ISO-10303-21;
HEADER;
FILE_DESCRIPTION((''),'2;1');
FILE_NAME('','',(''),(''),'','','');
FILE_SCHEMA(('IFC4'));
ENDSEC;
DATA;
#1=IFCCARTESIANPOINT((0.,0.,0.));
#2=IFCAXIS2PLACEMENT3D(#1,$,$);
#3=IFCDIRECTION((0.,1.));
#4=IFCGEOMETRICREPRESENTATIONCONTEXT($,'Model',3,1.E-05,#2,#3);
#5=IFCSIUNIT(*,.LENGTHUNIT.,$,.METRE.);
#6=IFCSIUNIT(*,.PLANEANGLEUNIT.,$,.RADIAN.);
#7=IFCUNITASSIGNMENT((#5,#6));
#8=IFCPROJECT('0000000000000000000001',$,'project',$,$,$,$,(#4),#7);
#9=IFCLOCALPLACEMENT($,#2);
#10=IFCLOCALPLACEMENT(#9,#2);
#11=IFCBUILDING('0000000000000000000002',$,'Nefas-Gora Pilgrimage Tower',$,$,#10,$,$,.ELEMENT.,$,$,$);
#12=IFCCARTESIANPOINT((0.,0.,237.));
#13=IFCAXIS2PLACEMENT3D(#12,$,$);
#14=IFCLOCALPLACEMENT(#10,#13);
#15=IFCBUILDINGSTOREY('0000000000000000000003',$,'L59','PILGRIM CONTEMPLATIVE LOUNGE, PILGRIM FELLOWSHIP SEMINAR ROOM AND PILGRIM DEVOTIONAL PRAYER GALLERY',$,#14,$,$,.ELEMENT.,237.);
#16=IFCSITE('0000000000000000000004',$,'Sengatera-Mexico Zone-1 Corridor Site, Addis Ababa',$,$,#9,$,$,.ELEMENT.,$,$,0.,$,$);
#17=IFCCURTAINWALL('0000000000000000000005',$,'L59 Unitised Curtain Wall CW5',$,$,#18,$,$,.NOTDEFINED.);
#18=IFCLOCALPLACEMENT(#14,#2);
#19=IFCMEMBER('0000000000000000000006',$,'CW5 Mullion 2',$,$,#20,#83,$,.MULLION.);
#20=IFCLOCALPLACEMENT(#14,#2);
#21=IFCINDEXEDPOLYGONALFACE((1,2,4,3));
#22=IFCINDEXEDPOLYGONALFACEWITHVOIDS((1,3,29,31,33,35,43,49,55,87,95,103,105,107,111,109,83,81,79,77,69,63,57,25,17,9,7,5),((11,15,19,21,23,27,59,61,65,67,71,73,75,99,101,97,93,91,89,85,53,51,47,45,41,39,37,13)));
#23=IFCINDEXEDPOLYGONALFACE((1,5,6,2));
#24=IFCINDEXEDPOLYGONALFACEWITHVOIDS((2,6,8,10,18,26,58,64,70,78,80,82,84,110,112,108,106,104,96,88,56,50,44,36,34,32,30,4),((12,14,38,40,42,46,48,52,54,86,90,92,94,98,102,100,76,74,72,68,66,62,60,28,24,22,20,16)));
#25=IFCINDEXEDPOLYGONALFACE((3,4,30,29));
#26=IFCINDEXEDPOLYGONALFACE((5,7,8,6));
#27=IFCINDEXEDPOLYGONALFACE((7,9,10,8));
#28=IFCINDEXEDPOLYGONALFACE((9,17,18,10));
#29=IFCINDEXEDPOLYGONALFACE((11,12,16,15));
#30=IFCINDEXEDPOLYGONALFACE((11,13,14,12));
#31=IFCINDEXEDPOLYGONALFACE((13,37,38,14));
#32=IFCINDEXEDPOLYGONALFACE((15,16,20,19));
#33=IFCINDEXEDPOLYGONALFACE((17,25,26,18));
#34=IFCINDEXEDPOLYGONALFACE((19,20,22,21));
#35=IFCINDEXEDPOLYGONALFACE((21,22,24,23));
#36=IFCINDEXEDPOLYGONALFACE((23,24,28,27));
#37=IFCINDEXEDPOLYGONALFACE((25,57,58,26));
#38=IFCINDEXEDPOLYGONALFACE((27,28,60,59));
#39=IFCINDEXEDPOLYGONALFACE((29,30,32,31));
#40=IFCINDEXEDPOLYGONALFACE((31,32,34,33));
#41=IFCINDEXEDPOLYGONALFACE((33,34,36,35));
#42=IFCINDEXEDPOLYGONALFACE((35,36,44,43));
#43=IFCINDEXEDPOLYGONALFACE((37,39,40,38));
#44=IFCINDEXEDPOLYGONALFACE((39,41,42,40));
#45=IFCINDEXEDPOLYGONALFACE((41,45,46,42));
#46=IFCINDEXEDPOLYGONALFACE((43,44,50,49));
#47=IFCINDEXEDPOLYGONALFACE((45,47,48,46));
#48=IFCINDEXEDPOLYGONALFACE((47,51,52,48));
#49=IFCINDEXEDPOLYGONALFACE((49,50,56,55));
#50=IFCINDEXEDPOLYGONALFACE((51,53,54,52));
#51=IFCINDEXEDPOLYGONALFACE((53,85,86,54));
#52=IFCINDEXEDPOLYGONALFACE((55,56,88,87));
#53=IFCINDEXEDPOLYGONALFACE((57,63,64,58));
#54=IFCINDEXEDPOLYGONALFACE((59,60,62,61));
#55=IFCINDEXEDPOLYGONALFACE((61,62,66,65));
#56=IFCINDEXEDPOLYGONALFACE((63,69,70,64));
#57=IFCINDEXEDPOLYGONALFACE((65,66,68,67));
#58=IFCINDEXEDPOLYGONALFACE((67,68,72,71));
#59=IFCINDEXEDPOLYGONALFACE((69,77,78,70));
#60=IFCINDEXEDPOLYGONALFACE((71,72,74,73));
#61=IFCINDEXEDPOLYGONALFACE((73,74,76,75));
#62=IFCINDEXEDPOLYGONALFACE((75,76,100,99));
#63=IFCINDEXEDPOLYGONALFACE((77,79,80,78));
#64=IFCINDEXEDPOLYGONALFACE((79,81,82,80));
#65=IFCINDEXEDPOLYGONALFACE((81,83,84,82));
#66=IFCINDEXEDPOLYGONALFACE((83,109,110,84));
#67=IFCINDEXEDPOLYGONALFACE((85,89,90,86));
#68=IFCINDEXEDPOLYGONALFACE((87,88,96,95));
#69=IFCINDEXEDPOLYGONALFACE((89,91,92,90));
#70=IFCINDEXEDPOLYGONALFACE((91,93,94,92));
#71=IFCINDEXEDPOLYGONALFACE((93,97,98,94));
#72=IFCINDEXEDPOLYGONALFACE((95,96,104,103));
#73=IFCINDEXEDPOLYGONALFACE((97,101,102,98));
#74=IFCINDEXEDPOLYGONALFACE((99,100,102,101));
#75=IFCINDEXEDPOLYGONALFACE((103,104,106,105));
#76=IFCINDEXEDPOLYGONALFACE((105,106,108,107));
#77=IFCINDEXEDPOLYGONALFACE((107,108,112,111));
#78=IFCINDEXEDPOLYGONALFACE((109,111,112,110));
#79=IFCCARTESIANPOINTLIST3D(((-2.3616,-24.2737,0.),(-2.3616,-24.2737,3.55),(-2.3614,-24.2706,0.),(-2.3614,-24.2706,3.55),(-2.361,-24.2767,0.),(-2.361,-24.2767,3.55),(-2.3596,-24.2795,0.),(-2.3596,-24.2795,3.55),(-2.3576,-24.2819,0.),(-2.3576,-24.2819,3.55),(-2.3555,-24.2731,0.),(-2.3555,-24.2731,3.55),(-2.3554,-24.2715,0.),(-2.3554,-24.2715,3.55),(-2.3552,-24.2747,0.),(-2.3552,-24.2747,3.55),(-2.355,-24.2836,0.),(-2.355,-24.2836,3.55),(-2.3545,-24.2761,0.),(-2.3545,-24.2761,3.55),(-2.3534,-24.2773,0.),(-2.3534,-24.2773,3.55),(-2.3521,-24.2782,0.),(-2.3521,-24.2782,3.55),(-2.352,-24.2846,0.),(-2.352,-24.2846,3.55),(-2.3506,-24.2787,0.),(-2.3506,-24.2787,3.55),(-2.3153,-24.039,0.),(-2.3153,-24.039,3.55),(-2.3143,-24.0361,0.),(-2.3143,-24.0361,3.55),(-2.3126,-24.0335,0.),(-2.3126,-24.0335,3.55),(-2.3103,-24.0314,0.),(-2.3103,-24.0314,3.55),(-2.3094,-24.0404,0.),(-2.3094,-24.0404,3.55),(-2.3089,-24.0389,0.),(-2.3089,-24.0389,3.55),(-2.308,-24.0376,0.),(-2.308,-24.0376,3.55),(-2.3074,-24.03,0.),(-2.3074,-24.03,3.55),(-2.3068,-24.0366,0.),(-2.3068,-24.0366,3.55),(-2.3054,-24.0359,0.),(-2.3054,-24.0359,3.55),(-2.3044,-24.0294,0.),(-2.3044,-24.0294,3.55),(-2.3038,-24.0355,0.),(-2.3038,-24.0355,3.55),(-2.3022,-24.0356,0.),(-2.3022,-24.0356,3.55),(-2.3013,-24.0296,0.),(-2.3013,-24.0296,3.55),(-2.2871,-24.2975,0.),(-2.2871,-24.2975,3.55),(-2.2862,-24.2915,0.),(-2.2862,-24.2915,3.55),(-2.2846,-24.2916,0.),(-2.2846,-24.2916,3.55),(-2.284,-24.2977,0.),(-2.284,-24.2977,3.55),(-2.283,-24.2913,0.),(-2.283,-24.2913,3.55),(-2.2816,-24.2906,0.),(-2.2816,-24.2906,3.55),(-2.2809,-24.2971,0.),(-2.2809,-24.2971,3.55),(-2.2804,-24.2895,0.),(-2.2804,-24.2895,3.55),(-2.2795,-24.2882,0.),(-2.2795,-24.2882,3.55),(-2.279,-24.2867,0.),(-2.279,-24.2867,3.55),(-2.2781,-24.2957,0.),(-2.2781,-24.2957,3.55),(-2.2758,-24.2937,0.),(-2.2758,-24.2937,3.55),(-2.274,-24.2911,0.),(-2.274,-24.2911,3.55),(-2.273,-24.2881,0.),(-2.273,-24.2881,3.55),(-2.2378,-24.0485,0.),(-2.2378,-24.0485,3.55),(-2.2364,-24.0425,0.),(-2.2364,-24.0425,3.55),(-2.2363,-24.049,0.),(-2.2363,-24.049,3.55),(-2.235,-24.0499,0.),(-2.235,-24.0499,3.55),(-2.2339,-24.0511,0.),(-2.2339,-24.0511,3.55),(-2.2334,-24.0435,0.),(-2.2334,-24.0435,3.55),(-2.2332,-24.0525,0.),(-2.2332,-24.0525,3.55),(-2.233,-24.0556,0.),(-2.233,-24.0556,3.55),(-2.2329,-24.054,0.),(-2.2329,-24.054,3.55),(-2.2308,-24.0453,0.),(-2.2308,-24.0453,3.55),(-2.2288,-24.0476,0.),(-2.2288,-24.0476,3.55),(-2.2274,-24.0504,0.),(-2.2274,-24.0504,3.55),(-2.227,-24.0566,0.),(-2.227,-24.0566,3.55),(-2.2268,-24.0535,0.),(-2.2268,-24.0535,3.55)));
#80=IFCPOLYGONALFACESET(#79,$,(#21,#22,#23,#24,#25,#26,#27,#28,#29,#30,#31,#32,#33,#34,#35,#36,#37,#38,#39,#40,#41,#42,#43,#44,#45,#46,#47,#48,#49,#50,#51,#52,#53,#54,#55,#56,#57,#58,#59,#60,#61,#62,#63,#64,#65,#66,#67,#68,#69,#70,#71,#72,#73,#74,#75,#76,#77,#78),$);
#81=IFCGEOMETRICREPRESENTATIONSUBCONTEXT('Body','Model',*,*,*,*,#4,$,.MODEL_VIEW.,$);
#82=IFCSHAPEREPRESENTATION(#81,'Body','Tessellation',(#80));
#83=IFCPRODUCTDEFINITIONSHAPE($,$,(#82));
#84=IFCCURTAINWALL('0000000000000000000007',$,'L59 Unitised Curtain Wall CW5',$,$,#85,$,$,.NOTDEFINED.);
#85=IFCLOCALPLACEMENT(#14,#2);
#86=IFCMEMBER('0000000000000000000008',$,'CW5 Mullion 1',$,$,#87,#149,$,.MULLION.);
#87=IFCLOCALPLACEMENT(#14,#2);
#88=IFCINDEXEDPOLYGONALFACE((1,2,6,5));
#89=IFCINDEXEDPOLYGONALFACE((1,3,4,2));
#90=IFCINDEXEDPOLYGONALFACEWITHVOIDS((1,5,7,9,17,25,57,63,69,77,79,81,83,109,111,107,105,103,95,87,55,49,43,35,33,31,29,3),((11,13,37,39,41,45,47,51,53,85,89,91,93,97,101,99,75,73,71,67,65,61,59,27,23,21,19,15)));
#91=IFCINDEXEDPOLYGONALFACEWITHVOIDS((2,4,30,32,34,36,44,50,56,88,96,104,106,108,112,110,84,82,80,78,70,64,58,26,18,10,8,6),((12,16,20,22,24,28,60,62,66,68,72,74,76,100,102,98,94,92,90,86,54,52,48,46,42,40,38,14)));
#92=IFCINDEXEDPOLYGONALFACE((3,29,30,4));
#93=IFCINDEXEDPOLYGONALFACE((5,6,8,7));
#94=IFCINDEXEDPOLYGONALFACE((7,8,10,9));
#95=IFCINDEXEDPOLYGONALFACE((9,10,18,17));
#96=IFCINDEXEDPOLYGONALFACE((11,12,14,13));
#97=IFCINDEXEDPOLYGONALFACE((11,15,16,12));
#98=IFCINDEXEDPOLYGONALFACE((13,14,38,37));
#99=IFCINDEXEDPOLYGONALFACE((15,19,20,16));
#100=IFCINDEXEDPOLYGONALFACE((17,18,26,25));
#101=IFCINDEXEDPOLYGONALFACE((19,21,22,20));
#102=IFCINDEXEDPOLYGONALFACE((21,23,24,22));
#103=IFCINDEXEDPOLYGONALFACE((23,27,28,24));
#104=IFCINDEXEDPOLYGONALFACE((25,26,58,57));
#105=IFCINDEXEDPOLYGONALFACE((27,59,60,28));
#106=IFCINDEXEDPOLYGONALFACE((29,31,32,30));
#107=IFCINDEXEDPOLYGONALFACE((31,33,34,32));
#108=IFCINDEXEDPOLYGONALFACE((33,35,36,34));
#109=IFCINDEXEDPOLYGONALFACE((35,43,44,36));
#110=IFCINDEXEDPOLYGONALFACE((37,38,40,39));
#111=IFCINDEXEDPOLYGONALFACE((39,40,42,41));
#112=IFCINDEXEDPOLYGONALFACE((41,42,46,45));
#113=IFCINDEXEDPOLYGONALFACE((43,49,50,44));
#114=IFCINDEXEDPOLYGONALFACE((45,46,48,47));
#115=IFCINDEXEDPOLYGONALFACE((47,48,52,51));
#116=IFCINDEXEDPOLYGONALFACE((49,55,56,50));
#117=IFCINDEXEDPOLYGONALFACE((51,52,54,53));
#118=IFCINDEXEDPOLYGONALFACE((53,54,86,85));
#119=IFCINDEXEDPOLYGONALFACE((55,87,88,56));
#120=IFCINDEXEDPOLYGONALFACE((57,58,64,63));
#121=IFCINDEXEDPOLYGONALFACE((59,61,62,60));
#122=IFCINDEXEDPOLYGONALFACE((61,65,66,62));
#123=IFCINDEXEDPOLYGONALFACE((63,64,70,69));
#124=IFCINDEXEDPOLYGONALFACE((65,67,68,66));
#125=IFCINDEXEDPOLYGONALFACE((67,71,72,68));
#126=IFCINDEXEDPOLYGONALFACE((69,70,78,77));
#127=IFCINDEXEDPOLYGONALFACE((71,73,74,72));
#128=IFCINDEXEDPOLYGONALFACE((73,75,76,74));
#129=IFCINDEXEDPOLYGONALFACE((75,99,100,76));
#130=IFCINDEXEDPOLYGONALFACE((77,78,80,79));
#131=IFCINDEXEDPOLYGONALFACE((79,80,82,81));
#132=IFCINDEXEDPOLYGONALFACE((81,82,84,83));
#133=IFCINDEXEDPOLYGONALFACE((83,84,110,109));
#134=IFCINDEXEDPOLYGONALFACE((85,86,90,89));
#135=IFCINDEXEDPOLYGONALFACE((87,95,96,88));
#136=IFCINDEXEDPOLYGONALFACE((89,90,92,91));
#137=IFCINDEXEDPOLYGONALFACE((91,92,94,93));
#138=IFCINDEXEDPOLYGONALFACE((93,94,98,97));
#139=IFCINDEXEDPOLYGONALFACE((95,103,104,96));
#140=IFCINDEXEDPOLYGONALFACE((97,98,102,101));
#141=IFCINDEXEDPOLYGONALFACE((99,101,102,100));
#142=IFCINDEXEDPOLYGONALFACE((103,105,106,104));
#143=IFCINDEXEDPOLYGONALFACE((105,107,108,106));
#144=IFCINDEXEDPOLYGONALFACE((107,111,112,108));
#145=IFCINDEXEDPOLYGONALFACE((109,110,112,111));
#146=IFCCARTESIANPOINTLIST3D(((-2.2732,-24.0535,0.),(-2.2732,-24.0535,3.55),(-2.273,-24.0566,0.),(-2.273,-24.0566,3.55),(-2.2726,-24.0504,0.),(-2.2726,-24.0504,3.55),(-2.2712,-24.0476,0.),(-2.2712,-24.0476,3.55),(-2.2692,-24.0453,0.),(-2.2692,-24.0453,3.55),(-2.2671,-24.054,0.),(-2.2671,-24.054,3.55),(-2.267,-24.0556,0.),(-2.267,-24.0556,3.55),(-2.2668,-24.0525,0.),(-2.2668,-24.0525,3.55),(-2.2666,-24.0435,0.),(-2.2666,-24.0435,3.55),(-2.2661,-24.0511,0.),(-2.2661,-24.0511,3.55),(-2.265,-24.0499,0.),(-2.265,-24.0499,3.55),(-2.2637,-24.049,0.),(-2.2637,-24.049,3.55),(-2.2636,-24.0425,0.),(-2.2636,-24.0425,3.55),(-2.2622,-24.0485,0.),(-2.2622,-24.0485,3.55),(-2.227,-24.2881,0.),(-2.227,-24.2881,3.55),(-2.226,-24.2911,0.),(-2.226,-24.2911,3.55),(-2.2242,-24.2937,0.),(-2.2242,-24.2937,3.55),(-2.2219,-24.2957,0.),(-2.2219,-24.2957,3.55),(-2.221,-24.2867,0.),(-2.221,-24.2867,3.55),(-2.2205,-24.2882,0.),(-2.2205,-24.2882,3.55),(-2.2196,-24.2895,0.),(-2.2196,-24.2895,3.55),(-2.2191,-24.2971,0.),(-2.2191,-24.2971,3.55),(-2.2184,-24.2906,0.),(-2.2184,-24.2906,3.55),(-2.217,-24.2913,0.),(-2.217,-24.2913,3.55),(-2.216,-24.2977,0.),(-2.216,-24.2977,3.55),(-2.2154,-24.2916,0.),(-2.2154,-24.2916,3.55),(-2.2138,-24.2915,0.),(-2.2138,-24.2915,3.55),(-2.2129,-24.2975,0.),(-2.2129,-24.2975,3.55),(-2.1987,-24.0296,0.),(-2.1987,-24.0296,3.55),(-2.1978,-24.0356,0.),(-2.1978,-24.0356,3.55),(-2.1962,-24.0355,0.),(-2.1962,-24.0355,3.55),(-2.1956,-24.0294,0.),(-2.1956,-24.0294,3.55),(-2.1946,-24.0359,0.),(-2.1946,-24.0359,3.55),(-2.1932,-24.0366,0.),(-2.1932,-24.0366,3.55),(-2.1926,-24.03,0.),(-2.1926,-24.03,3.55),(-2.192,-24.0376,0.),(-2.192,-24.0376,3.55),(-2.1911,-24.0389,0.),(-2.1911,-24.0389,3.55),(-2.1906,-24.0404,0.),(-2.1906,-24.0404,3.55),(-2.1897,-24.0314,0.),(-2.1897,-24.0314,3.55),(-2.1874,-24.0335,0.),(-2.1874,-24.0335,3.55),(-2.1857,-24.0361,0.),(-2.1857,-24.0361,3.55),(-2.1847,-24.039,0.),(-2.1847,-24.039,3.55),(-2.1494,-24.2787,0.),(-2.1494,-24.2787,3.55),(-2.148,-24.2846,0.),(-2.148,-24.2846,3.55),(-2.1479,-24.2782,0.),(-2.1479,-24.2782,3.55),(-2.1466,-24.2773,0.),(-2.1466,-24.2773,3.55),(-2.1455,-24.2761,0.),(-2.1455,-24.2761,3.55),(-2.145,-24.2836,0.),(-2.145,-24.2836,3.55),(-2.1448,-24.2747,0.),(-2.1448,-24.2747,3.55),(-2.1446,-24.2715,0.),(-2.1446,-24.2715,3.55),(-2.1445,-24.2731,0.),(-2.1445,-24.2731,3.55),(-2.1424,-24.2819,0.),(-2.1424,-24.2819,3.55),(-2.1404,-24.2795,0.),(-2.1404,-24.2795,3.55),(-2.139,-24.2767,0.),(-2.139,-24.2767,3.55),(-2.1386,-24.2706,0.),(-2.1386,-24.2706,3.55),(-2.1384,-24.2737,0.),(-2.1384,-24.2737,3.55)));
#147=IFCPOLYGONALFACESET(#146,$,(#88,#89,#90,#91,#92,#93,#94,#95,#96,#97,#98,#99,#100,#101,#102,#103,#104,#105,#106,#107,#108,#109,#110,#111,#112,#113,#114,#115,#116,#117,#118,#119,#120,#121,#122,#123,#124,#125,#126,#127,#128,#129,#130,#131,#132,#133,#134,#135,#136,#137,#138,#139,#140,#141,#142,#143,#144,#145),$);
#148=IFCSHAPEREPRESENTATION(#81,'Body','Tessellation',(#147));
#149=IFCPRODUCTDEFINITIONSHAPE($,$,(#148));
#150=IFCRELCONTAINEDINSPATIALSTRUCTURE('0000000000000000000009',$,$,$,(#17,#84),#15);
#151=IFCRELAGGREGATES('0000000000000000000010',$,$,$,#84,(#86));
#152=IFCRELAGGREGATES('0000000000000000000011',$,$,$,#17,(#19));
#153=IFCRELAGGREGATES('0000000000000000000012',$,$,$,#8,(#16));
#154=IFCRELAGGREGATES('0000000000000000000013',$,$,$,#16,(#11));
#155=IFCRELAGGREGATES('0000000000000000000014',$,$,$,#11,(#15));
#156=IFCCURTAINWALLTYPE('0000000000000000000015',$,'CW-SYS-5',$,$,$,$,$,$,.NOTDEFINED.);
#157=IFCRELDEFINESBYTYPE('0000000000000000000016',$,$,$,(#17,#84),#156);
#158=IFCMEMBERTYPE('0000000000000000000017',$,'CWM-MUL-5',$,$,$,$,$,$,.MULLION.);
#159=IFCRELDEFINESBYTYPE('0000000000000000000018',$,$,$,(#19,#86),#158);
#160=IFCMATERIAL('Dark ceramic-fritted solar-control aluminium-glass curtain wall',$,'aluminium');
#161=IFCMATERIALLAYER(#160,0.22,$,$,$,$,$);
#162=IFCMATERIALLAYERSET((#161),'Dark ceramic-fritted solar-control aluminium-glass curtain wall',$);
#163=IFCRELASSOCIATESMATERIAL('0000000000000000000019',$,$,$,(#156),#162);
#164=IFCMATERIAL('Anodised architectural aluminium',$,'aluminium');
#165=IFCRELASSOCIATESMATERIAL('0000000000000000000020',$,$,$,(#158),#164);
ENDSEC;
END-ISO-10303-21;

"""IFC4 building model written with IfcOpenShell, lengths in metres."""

from ifc_helpers import new_model, si_unit, direction, frame, origin, origin_2d, place, context, subcontext, project, spatial, hollow_rectangle, extrude, source, transform, mapped, material, layer, layer_set, material_profile, profile_set, type_object, element, aggregate, save


model = new_model("IFC4")

# Units and contexts
model_context = context("Model", 3, precision=1e-05, world=origin(), true_north=direction((0.0, 1.0)))
body_context = subcontext(model_context, "Body", "Model", "MODEL_VIEW")
ifc_project = project(units=[si_unit("LENGTHUNIT", "METRE"), si_unit("PLANEANGLEUNIT", "RADIAN")], contexts=[model_context])

# Site, building, storey
site_placement = place(None, origin())
site = spatial("IfcSite", under=ifc_project, at=site_placement, Name="Sengatera-Mexico Zone-1 Corridor Site, Addis Ababa", CompositionType="ELEMENT", RefElevation=0.0)
building_placement = place(site_placement, origin())
building = spatial("IfcBuilding", under=site, at=building_placement, Name="Nefas-Gora Pilgrimage Tower", CompositionType="ELEMENT")
storey_placement = place(building_placement, frame((0.0, 0.0, 237.0)))
storey = spatial("IfcBuildingStorey", under=building, at=storey_placement, Name="L59", Description="PILGRIM CONTEMPLATIVE LOUNGE, PILGRIM FELLOWSHIP SEMINAR ROOM AND PILGRIM DEVOTIONAL PRAYER GALLERY", CompositionType="ELEMENT", Elevation=237.0)

# Shared definitions
ifc_material_1 = material(Name="Dark ceramic-fritted solar-control aluminium-glass curtain wall", Category="aluminium")
ifc_layer_1 = layer(ifc_material_1, 0.22)
ifc_layer_set_1 = layer_set([ifc_layer_1], Name="Dark ceramic-fritted solar-control aluminium-glass curtain wall")
curtain_wall_type = type_object("IfcCurtainWallType", Name="CW-SYS-5", PredefinedType="NOTDEFINED", material=ifc_layer_set_1)
ifc_material_2 = material(Name="Anodised architectural aluminium", Category="aluminium")
ifc_material_profile_1 = material_profile(ifc_material_2, hollow_rectangle(XDim=0.0901, YDim=0.26, WallThickness=0.0061, InnerFilletRadius=0.0061, OuterFilletRadius=0.012, at=origin_2d()), Name="ALU MULLION 90x260")
ifc_profile_set_1 = profile_set([ifc_material_profile_1], Name="Anodised architectural aluminium")
member_type_1 = type_object("IfcMemberType", Name="CWM-MUL-5", PredefinedType="MULLION", material=ifc_profile_set_1)
shared_shape_1 = source(origin(), body_context, "Body", "SweptSolid", [
    extrude(hollow_rectangle(XDim=0.0901, YDim=0.26, WallThickness=0.0061, InnerFilletRadius=0.0061, OuterFilletRadius=0.012, at=origin_2d()), origin(), (0.0, 0.0, 1.0), 3.55),
])

# Curtain wall, member
curtain_wall_1_placement = place(storey_placement, origin())
curtain_wall_1 = element("IfcCurtainWall", 1, at=curtain_wall_1_placement, inside=storey, type_object=curtain_wall_type, Name="L59 Unitised Curtain Wall CW5", PredefinedType="NOTDEFINED")
member_1_placement = place(storey_placement, frame((-2.2942, -24.1636, 0.0), z_axis=(0.0, 0.0, 1.0), x_axis=(0.980783, -0.195102, 0.0)))
member_1 = element("IfcMember", 2, at=member_1_placement, type_object=member_type_1, Name="CW5 Mullion 2", PredefinedType="MULLION", context=body_context, shape_type="MappedRepresentation", body=[
    mapped(shared_shape_1, transform((0.0, 0.0, 0.0), x_axis=(1.0, 0.0, 0.0), y_axis=(0.0, 1.0, 0.0), z_axis=(0.0, 0.0, 1.0), scale=1.0)),
])

# Curtain wall, member
curtain_wall_2_placement = place(storey_placement, origin())
curtain_wall_2 = element("IfcCurtainWall", 3, at=curtain_wall_2_placement, inside=storey, type_object=curtain_wall_type, Name="L59 Unitised Curtain Wall CW5", PredefinedType="NOTDEFINED")
member_2_placement = place(storey_placement, frame((-2.2058, -24.1636, 0.0), z_axis=(0.0, 0.0, 1.0), x_axis=(0.980783, 0.195102, 0.0)))
member_2 = element("IfcMember", 4, at=member_2_placement, type_object=member_type_1, Name="CW5 Mullion 1", PredefinedType="MULLION", context=body_context, shape_type="MappedRepresentation", body=[
    mapped(shared_shape_1, transform((0.0, 0.0, 0.0), x_axis=(1.0, 0.0, 0.0), y_axis=(0.0, 1.0, 0.0), z_axis=(0.0, 0.0, 1.0), scale=1.0)),
])

aggregate(curtain_wall_2, [member_2])

aggregate(curtain_wall_1, [member_1])

save(model, "model.ifc")
